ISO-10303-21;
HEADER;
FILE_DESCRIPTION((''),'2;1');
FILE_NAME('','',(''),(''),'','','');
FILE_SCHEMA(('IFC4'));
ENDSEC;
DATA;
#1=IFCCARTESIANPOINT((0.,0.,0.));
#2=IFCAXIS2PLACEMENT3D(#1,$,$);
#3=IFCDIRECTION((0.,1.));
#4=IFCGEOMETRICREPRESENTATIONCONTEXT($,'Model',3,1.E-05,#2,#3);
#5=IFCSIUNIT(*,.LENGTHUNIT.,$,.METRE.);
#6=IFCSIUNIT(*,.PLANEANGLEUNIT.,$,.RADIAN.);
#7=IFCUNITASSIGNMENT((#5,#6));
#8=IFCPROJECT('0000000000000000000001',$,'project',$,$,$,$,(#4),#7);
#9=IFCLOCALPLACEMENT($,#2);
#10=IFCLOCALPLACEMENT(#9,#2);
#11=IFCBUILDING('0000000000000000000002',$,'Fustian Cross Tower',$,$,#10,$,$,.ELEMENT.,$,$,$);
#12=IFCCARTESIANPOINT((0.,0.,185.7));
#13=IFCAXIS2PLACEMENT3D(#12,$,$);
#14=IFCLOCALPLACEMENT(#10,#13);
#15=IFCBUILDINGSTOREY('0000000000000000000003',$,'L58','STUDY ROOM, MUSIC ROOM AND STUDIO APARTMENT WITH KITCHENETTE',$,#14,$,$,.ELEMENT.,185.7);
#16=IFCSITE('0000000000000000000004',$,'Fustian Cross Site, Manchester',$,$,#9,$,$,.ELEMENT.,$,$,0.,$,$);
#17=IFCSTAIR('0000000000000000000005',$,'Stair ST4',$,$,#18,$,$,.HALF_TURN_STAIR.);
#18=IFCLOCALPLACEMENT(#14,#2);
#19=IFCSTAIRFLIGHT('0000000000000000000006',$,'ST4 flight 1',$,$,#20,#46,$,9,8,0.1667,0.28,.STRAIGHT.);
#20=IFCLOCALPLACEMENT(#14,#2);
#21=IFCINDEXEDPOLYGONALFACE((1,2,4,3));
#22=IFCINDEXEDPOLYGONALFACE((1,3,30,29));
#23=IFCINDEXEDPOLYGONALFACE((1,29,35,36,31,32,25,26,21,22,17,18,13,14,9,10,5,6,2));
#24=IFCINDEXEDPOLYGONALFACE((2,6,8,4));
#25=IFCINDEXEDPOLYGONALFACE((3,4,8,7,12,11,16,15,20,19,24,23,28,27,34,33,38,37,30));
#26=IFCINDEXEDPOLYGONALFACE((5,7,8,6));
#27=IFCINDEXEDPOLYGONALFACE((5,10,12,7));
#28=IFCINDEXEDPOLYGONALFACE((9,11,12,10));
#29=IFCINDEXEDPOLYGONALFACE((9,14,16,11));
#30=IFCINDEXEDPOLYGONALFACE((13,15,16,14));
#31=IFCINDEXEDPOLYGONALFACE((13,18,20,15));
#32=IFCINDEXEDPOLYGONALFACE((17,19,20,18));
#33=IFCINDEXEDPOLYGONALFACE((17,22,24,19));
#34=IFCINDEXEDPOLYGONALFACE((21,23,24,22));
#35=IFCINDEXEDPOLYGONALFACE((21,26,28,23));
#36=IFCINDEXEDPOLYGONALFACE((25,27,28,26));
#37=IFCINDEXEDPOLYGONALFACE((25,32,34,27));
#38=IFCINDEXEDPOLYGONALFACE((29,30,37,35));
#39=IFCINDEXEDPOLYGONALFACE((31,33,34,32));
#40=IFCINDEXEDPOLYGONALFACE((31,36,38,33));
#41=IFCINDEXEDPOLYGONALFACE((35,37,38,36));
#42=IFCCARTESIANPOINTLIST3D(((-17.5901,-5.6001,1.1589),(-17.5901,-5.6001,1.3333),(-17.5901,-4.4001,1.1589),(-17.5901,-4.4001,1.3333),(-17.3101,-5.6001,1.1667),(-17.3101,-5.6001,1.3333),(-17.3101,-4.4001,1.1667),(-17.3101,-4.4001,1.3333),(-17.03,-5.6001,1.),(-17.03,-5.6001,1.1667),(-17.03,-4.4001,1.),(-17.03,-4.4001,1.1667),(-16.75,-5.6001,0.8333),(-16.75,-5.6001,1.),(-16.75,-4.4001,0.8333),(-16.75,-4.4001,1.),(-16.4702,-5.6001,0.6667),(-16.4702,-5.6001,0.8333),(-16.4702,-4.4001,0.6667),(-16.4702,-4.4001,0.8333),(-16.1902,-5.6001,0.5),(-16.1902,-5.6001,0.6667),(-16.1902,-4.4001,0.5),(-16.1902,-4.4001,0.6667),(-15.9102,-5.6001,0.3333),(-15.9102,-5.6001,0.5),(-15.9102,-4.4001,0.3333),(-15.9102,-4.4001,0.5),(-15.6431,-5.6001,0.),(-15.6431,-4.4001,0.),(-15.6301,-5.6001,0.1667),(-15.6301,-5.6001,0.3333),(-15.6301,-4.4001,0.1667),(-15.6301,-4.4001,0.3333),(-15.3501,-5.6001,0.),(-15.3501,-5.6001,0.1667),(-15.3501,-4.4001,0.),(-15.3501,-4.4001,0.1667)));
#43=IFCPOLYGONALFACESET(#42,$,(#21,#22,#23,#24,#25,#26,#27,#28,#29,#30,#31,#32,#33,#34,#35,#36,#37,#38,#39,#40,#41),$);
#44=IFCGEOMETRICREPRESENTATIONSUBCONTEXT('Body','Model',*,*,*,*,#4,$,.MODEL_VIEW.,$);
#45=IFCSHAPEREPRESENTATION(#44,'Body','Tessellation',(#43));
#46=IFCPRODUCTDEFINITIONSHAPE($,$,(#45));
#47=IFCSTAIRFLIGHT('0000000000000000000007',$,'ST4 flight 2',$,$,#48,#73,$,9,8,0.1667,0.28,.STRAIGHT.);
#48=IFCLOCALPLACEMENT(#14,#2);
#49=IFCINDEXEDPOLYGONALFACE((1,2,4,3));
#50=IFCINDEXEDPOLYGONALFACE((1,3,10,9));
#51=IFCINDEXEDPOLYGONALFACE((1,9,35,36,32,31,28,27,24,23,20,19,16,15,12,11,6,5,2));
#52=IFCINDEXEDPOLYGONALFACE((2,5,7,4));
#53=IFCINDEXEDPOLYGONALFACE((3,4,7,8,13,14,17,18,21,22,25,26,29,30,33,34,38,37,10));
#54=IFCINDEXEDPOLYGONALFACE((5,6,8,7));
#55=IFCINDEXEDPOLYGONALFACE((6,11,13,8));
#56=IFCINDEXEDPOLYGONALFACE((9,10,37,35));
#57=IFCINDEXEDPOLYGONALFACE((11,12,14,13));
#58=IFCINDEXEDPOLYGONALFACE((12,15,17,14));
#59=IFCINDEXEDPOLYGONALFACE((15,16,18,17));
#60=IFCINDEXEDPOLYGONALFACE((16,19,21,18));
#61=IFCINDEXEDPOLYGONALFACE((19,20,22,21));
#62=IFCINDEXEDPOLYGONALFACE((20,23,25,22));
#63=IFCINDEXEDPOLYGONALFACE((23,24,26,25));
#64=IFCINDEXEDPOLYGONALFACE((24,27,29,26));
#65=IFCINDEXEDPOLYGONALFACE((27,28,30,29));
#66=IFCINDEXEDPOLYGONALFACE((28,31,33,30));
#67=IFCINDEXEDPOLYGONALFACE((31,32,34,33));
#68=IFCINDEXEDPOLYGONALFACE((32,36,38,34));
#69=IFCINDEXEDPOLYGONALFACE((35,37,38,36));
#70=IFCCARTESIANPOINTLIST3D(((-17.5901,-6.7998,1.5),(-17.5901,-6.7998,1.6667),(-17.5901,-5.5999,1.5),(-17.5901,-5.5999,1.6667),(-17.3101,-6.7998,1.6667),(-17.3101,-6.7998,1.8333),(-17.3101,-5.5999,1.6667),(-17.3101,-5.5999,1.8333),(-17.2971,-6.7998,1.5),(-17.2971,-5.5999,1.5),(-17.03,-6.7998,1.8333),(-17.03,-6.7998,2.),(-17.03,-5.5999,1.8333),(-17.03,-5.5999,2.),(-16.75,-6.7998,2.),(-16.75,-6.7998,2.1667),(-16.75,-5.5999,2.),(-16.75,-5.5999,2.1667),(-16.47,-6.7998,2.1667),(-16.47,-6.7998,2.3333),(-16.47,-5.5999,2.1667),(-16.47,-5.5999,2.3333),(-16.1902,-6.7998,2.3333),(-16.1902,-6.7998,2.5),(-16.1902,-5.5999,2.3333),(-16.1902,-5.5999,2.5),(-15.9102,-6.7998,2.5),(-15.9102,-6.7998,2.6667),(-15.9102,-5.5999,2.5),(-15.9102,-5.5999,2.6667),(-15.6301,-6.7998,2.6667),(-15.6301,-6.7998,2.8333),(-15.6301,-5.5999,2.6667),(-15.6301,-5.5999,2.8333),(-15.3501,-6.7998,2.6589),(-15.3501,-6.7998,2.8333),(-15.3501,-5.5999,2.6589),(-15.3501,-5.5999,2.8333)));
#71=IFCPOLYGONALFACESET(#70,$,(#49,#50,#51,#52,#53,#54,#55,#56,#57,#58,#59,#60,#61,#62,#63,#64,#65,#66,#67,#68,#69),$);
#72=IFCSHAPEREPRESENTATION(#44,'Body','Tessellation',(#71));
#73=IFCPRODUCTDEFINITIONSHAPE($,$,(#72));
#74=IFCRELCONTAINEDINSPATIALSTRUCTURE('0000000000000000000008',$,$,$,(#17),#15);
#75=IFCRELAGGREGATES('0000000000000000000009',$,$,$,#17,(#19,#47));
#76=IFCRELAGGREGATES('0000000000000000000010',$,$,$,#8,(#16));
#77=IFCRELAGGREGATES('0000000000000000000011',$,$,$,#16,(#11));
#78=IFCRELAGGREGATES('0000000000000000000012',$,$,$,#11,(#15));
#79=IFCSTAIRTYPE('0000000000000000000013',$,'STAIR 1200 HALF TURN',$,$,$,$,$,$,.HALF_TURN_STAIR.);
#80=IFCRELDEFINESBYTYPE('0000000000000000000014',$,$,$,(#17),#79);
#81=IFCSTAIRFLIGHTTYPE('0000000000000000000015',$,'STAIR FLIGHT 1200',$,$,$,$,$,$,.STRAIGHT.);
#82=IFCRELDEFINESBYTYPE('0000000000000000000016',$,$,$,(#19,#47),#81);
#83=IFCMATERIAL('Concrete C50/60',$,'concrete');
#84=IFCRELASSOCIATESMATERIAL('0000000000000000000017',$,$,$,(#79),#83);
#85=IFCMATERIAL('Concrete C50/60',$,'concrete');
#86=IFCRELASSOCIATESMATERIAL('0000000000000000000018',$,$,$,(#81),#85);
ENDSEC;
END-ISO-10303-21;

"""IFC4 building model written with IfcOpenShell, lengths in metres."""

from ifc_helpers import new_model, si_unit, direction, frame, origin, place, context, subcontext, project, spatial, polyline, outline, extrude, material, type_object, element, aggregate, save


model = new_model("IFC4")

# Units and contexts
model_context = context("Model", 3, precision=1e-05, world=origin(), true_north=direction((0.0, 1.0)))
body_context = subcontext(model_context, "Body", "Model", "MODEL_VIEW")
ifc_project = project(units=[si_unit("LENGTHUNIT", "METRE"), si_unit("PLANEANGLEUNIT", "RADIAN")], contexts=[model_context])

# Site, building, storey
site_placement = place(None, origin())
site = spatial("IfcSite", under=ifc_project, at=site_placement, Name="Fustian Cross Site, Manchester", CompositionType="ELEMENT", RefElevation=0.0)
building_placement = place(site_placement, origin())
building = spatial("IfcBuilding", under=site, at=building_placement, Name="Fustian Cross Tower", CompositionType="ELEMENT")
storey_placement = place(building_placement, frame((0.0, 0.0, 185.7)))
storey = spatial("IfcBuildingStorey", under=building, at=storey_placement, Name="L58", Description="STUDY ROOM, MUSIC ROOM AND STUDIO APARTMENT WITH KITCHENETTE", CompositionType="ELEMENT", Elevation=185.7)

# Stair, stair flights
ifc_material_1 = material(Name="Concrete C50/60", Category="concrete")
stair_type = type_object("IfcStairType", Name="STAIR 1200 HALF TURN", PredefinedType="HALF_TURN_STAIR", material=ifc_material_1)
stair_placement = place(storey_placement, origin())
stair = element("IfcStair", 1, at=stair_placement, inside=storey, type_object=stair_type, Name="Stair ST4", PredefinedType="HALF_TURN_STAIR")
ifc_material_2 = material(Name="Concrete C50/60", Category="concrete")
stair_flight_type = type_object("IfcStairFlightType", Name="STAIR FLIGHT 1200", PredefinedType="STRAIGHT", material=ifc_material_2)
stair_flight_1_placement = place(storey_placement, frame((-15.3501, -5.0, 0.0), z_axis=(0.0, 0.0, 1.0), x_axis=(-1.0, 0.0, 0.0)))
stair_flight_1 = element("IfcStairFlight", 2, at=stair_flight_1_placement, type_object=stair_flight_type, Name="ST4 flight 1", NumberOfRisers=9, NumberOfTreads=8, PredefinedType="STRAIGHT", RiserHeight=0.1667, TreadLength=0.28, context=body_context, shape_type="SweptSolid", body=[
    extrude(outline(polyline([(0.0, 0.0), (0.0, 0.1667), (0.28, 0.1667), (0.28, 0.3333), (0.5601, 0.3333), (0.5601, 0.5), (0.8401, 0.5), (0.8401, 0.6667), (1.1201, 0.6667), (1.1201, 0.8333), (1.3999, 0.8333), (1.3999, 1.0), (1.6799, 1.0), (1.6799, 1.1667), (1.96, 1.1667), (1.96, 1.3333), (2.24, 1.3333), (2.24, 1.5), (2.24, 1.1589), (0.293, 0.0), (0.0, 0.0)])), frame((0.0, 0.6001, 0.0), z_axis=(0.0, -1.0, 0.0), x_axis=(1.0, 0.0, 0.0)), (0.0, 0.0, 1.0), 1.2),
])
stair_flight_2_placement = place(storey_placement, frame((-17.5901, -6.2, 1.5), z_axis=(0.0, 0.0, 1.0), x_axis=(1.0, 0.0, 0.0)))
stair_flight_2 = element("IfcStairFlight", 3, at=stair_flight_2_placement, type_object=stair_flight_type, Name="ST4 flight 2", NumberOfRisers=9, NumberOfTreads=8, PredefinedType="STRAIGHT", RiserHeight=0.1667, TreadLength=0.28, context=body_context, shape_type="SweptSolid", body=[
    extrude(outline(polyline([(0.0, 0.0), (0.0, 0.1667), (0.28, 0.1667), (0.28, 0.3333), (0.5601, 0.3333), (0.5601, 0.5), (0.8401, 0.5), (0.8401, 0.6667), (1.1201, 0.6667), (1.1201, 0.8333), (1.3999, 0.8333), (1.3999, 1.0), (1.6799, 1.0), (1.6799, 1.1667), (1.96, 1.1667), (1.96, 1.3333), (2.24, 1.3333), (2.24, 1.5), (2.24, 1.1589), (0.293, 0.0), (0.0, 0.0)])), frame((0.0, 0.6001, 0.0), z_axis=(0.0, -1.0, 0.0), x_axis=(1.0, 0.0, 0.0)), (0.0, 0.0, 1.0), 1.2),
])
aggregate(stair, [stair_flight_1, stair_flight_2])

save(model, "model.ifc")
